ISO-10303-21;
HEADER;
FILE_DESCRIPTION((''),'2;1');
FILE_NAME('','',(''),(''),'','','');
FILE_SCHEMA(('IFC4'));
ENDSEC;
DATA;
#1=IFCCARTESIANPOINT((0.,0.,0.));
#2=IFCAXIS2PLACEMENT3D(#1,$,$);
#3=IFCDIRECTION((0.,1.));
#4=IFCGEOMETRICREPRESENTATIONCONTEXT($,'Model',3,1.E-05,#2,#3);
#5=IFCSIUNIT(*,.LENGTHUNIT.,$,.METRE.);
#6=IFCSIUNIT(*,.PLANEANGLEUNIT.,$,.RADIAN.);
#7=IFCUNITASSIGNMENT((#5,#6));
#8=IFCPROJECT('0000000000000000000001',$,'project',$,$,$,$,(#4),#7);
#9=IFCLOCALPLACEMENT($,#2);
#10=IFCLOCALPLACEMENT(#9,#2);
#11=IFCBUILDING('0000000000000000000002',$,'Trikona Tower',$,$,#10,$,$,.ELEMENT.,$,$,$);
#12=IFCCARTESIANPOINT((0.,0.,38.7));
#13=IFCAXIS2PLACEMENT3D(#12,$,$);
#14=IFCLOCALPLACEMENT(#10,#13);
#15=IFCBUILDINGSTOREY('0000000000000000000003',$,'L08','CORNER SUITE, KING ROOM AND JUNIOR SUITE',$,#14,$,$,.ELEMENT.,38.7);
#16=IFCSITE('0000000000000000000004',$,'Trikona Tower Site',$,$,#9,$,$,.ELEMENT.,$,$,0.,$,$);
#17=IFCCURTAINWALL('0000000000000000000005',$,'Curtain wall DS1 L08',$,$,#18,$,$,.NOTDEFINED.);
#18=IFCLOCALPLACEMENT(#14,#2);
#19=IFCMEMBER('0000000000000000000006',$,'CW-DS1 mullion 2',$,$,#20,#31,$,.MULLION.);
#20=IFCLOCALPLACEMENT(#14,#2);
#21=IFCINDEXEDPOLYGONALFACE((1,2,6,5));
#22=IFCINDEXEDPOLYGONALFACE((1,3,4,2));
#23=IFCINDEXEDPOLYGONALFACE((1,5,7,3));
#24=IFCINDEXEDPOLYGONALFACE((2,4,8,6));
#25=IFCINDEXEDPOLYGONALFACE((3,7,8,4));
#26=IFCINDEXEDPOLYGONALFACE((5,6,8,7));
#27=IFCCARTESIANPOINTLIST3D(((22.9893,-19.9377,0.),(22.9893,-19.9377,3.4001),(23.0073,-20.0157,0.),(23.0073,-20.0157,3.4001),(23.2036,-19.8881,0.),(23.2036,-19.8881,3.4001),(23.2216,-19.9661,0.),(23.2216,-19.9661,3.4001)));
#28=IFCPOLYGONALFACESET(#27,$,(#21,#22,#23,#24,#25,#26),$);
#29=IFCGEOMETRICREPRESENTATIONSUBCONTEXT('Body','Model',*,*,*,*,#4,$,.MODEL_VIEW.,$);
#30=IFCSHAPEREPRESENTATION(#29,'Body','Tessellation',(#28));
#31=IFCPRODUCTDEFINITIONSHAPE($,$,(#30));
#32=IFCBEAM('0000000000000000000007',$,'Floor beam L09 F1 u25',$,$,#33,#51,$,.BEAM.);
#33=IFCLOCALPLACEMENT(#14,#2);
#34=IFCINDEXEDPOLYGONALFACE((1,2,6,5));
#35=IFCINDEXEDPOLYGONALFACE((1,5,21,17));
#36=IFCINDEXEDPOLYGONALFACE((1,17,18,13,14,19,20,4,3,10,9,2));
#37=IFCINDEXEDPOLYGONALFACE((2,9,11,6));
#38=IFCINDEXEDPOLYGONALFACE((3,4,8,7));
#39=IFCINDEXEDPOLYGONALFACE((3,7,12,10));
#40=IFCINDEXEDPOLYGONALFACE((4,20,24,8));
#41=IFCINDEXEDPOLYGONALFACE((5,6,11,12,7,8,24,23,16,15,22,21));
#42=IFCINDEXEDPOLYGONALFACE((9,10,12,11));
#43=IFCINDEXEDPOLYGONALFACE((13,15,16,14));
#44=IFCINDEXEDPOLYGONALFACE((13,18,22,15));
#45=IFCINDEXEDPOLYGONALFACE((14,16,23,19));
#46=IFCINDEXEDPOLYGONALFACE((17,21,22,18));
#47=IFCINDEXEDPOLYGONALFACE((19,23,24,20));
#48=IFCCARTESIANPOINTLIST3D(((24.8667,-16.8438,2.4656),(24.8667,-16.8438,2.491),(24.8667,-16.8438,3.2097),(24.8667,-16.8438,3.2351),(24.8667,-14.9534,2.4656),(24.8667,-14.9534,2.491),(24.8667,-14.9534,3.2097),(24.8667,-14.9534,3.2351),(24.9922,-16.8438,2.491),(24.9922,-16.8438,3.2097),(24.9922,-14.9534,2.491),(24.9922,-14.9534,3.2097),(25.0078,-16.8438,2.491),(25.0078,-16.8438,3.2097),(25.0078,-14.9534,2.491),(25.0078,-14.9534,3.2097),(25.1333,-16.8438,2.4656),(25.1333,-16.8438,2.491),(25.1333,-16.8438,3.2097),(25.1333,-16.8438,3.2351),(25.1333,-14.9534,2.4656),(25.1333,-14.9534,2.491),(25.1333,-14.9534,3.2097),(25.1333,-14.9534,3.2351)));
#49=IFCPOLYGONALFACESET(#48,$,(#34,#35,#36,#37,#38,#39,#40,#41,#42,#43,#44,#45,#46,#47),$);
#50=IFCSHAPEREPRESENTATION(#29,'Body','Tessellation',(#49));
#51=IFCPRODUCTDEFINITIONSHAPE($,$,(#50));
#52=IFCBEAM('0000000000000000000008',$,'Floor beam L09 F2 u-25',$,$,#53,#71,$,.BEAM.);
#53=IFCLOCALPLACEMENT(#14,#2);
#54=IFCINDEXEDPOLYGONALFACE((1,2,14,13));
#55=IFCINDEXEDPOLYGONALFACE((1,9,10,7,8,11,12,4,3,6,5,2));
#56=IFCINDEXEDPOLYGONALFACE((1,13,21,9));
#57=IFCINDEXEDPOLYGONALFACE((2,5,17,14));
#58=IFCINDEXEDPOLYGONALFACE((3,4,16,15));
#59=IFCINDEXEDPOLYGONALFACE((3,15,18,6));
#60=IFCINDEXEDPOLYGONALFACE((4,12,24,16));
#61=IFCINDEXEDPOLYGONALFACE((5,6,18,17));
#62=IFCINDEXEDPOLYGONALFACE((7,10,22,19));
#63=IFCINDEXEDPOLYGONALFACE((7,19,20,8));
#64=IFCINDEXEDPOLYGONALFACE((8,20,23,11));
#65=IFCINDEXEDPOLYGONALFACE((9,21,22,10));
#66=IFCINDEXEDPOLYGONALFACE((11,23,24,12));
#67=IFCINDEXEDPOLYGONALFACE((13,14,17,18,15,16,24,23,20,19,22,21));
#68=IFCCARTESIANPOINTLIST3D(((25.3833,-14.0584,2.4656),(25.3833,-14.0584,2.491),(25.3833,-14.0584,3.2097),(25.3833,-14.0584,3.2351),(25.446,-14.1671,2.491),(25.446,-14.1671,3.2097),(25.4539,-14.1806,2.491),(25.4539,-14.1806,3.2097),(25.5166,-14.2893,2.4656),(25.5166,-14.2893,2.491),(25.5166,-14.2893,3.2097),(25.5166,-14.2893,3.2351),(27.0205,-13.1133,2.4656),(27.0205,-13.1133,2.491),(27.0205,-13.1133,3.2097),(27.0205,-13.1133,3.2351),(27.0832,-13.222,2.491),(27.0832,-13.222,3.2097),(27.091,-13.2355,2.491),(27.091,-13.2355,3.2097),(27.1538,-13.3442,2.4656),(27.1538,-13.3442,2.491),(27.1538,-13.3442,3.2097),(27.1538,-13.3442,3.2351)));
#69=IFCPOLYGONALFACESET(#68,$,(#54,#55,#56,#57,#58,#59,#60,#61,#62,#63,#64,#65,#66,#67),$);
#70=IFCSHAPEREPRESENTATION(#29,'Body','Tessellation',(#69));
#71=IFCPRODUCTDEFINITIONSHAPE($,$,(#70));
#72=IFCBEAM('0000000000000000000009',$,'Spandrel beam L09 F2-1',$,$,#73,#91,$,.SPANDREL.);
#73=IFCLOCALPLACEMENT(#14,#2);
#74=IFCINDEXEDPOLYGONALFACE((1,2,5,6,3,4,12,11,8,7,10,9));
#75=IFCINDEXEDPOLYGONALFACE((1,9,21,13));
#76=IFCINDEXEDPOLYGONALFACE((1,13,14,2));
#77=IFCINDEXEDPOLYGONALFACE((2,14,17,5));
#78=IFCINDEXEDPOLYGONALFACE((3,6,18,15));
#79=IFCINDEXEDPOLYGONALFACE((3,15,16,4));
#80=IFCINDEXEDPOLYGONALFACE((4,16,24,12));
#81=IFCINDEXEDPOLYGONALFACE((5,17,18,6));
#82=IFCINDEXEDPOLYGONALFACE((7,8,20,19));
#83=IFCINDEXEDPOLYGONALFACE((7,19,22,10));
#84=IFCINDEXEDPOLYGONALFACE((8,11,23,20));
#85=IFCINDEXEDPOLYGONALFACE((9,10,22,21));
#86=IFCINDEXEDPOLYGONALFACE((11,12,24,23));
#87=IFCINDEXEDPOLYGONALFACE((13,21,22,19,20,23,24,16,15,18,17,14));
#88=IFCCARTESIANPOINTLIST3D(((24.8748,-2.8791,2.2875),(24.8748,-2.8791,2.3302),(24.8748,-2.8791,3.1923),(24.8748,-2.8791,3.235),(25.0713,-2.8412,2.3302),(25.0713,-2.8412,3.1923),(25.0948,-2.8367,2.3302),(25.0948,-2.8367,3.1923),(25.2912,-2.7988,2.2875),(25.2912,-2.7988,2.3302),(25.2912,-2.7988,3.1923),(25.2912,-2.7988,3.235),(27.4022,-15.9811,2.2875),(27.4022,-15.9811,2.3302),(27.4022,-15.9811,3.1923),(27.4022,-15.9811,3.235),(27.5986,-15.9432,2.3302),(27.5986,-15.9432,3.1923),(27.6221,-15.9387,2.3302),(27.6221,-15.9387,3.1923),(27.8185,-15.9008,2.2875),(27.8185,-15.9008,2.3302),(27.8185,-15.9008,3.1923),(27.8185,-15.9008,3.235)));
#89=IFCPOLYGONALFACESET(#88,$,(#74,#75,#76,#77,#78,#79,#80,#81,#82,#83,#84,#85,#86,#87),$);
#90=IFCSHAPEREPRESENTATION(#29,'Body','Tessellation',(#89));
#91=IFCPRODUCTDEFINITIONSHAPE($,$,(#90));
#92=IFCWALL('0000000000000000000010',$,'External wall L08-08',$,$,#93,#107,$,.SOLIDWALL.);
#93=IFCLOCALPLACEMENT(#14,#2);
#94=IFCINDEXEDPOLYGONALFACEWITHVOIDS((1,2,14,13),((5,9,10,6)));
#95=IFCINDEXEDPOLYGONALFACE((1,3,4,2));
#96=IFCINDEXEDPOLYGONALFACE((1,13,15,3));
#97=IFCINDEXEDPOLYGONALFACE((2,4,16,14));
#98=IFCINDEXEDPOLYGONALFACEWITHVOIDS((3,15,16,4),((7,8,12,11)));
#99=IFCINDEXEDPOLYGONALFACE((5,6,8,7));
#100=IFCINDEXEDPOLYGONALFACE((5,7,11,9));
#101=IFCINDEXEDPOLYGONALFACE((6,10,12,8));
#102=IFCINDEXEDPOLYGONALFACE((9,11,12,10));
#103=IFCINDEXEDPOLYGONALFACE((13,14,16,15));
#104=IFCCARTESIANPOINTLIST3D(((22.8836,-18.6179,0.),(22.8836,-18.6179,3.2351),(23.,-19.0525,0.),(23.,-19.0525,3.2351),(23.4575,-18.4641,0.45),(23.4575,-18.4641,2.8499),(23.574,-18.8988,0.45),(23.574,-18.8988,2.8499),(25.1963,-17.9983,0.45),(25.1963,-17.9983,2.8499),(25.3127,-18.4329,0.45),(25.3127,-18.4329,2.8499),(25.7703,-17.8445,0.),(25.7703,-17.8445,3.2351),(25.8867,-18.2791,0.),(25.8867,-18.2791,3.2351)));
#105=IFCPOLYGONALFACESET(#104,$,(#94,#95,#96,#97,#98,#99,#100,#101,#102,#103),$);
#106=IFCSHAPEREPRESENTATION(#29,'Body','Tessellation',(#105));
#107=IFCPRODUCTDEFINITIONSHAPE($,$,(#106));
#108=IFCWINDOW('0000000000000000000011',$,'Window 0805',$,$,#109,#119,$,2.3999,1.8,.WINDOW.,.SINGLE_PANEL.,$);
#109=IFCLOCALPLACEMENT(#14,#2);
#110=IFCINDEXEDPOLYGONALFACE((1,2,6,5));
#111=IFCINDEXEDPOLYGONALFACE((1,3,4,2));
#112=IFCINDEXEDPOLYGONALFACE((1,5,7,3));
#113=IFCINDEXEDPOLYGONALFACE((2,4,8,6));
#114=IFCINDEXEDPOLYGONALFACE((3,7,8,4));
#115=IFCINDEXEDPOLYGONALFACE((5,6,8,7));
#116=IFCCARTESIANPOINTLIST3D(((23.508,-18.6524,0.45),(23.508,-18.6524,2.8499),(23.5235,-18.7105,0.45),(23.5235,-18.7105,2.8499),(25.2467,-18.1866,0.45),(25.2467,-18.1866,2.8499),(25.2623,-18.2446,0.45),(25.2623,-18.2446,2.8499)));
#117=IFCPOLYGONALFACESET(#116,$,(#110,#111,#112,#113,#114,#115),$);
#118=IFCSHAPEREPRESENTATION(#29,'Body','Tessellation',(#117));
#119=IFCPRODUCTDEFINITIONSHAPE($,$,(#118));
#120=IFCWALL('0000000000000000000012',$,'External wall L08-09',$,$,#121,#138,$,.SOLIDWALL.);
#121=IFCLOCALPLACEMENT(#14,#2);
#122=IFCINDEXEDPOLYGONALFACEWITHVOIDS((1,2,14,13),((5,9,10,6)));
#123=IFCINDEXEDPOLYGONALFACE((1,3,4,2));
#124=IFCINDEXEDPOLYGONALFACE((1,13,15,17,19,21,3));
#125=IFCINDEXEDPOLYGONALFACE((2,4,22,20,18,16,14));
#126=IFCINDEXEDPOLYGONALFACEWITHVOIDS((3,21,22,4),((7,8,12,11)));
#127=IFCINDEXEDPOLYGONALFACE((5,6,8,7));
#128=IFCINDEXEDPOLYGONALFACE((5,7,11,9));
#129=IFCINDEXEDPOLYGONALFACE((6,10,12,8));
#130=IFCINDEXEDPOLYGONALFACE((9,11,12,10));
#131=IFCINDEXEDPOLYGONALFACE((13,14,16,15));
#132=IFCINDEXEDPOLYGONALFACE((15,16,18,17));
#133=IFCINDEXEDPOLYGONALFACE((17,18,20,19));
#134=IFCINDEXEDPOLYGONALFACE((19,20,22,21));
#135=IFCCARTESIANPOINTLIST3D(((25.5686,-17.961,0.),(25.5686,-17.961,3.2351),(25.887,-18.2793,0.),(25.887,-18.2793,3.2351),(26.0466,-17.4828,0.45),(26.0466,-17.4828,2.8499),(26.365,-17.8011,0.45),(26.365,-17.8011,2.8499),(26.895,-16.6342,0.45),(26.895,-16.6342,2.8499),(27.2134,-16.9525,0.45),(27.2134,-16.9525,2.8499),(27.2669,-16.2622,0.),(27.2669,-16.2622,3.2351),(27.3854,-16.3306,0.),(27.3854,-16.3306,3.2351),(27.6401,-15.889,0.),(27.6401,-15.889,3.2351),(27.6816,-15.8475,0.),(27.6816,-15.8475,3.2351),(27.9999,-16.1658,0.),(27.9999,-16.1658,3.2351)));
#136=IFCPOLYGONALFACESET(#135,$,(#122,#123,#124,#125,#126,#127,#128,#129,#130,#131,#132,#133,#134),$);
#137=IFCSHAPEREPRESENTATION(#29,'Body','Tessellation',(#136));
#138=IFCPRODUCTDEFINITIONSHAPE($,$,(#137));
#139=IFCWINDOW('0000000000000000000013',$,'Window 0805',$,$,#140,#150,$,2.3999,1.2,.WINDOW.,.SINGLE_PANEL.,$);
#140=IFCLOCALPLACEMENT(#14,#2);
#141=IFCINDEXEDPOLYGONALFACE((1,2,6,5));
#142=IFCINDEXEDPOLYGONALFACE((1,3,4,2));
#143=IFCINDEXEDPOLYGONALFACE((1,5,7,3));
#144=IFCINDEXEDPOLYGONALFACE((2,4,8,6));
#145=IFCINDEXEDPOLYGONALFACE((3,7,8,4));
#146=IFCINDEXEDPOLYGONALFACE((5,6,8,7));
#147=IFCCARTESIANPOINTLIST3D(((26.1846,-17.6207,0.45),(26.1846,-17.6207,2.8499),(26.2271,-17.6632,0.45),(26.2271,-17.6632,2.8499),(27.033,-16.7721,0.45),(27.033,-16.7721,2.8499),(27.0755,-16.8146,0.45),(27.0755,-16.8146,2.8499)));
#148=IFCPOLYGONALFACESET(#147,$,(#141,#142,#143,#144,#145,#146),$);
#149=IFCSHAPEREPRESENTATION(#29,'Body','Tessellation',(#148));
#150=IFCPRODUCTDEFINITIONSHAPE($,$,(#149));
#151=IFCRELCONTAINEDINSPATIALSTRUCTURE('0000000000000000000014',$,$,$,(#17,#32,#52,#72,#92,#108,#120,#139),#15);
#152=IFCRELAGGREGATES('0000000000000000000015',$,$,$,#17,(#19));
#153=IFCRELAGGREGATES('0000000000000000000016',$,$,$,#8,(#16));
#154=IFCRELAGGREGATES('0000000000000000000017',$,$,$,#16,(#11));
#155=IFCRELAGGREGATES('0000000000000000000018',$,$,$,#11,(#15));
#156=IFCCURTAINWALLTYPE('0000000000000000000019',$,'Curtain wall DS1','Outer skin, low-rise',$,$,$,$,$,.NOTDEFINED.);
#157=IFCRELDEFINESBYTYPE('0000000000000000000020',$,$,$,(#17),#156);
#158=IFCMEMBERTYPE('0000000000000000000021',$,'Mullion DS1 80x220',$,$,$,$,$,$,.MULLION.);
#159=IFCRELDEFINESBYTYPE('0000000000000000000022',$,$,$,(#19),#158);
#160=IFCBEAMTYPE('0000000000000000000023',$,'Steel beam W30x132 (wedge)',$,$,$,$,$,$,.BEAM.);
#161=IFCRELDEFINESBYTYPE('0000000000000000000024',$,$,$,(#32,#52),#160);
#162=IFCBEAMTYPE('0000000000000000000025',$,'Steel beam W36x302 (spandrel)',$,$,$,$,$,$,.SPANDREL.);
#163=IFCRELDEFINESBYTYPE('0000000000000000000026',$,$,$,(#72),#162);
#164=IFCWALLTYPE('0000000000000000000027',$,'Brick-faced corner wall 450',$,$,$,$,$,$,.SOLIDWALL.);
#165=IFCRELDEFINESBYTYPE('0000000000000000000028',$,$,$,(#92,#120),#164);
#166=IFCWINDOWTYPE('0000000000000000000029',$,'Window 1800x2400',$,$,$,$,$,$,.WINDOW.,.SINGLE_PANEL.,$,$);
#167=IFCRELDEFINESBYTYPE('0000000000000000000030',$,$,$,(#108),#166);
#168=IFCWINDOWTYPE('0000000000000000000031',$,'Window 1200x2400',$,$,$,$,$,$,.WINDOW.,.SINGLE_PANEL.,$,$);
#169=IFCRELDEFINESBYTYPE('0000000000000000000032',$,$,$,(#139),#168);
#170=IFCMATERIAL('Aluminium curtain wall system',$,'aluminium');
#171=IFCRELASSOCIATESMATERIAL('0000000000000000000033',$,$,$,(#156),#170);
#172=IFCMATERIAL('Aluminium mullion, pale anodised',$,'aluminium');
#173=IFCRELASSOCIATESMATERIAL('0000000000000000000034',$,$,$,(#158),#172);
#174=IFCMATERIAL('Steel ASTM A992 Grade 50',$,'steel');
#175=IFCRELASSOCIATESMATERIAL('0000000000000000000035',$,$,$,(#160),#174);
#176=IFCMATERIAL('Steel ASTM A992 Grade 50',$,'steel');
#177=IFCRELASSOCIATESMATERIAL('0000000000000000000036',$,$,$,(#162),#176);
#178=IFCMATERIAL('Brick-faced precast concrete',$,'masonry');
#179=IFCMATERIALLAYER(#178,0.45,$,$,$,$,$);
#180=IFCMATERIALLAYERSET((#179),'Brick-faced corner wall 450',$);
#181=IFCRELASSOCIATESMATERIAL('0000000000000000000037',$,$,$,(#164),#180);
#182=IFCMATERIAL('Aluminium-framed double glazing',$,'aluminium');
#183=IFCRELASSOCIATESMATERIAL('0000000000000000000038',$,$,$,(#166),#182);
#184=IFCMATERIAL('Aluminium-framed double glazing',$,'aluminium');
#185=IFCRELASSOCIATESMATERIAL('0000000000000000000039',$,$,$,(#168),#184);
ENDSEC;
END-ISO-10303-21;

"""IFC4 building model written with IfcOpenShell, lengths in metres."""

from ifc_helpers import new_model, si_unit, direction, frame, frame_2d, origin, origin_2d, place, context, subcontext, project, spatial, polyline, rectangle, i_section, outline, extrude, material, layer, layer_set, material_profile, profile_set, type_object, element, fill, aggregate, save


model = new_model("IFC4")

# Units and contexts
model_context = context("Model", 3, precision=1e-05, world=origin(), true_north=direction((0.0, 1.0)))
body_context = subcontext(model_context, "Body", "Model", "MODEL_VIEW")
ifc_project = project(units=[si_unit("LENGTHUNIT", "METRE"), si_unit("PLANEANGLEUNIT", "RADIAN")], contexts=[model_context])

# Site, building, storey
site_placement = place(None, origin())
site = spatial("IfcSite", under=ifc_project, at=site_placement, Name="Trikona Tower Site", CompositionType="ELEMENT", RefElevation=0.0)
building_placement = place(site_placement, origin())
building = spatial("IfcBuilding", under=site, at=building_placement, Name="Trikona Tower", CompositionType="ELEMENT")
storey_placement = place(building_placement, frame((0.0, 0.0, 38.7)))
storey = spatial("IfcBuildingStorey", under=building, at=storey_placement, Name="L08", Description="CORNER SUITE, KING ROOM AND JUNIOR SUITE", CompositionType="ELEMENT", Elevation=38.7)

# Curtain wall, member
ifc_material_1 = material(Name="Aluminium curtain wall system", Category="aluminium")
curtain_wall_type = type_object("IfcCurtainWallType", Name="Curtain wall DS1", Description="Outer skin, low-rise", PredefinedType="NOTDEFINED", material=ifc_material_1)
curtain_wall_placement = place(storey_placement, origin())
curtain_wall = element("IfcCurtainWall", 1, at=curtain_wall_placement, inside=storey, type_object=curtain_wall_type, Name="Curtain wall DS1 L08", PredefinedType="NOTDEFINED")
ifc_material_2 = material(Name="Aluminium mullion, pale anodised", Category="aluminium")
ifc_material_profile_1 = material_profile(ifc_material_2, rectangle(XDim=0.0801, YDim=0.22, at=origin_2d()), Name="MUL-DS1")
ifc_profile_set_1 = profile_set([ifc_material_profile_1], Name="Aluminium mullion, pale anodised")
member_type = type_object("IfcMemberType", Name="Mullion DS1 80x220", PredefinedType="MULLION", material=ifc_profile_set_1)
member_placement = place(storey_placement, frame((23.1055, -19.9519, 0.0), z_axis=(0.0, 0.0, 1.0), x_axis=(-0.225343, 0.974279, 0.0)))
member = element("IfcMember", 2, at=member_placement, type_object=member_type, Name="CW-DS1 mullion 2", PredefinedType="MULLION", context=body_context, shape_type="SweptSolid", body=[
    extrude(rectangle(XDim=0.0801, YDim=0.22, at=origin_2d()), origin(), (0.0, 0.0, 1.0), 3.4001),
])
aggregate(curtain_wall, [member])

# Beams
ifc_material_3 = material(Name="Steel ASTM A992 Grade 50", Category="steel")
ifc_material_profile_2 = material_profile(ifc_material_3, i_section(OverallWidth=0.2666, OverallDepth=0.7695, WebThickness=0.0156, FlangeThickness=0.0254, at=origin_2d()), Name="W30X132")
ifc_profile_set_2 = profile_set([ifc_material_profile_2], Name="Steel ASTM A992 Grade 50")
beam_type_1 = type_object("IfcBeamType", Name="Steel beam W30x132 (wedge)", PredefinedType="BEAM", material=ifc_profile_set_2)
for number, where, z_axis, x_axis, name in (
    (3, (25.0, -14.9534, 2.8503), (0.0, -1.0, 0.0), (1.0, 0.0, 0.0), "Floor beam L09 F1 u25"),
    (4, (25.45, -14.1738, 2.8503), (0.866065, 0.499931, 0.0), (-0.499931, 0.866065, 0.0), "Floor beam L09 F2 u-25"),
):
    element("IfcBeam", number, at=place(storey_placement, frame(where, z_axis=z_axis, x_axis=x_axis)), inside=storey, type_object=beam_type_1, Name=name, PredefinedType="BEAM", context=body_context, shape_type="SweptSolid", body=[
        extrude(i_section(OverallWidth=0.2666, OverallDepth=0.7695, WebThickness=0.0156, FlangeThickness=0.0254, at=origin_2d()), origin(), (0.0, 0.0, 1.0), 1.8904),
    ])
ifc_material_4 = material(Name="Steel ASTM A992 Grade 50", Category="steel")
ifc_material_profile_3 = material_profile(ifc_material_4, i_section(OverallWidth=0.4241, OverallDepth=0.9475, WebThickness=0.0239, FlangeThickness=0.0427, at=origin_2d()), Name="W36X302")
ifc_profile_set_3 = profile_set([ifc_material_profile_3], Name="Steel ASTM A992 Grade 50")
beam_type_2 = type_object("IfcBeamType", Name="Steel beam W36x302 (spandrel)", PredefinedType="SPANDREL", material=ifc_profile_set_3)
beam_placement = place(storey_placement, frame((27.6104, -15.9409, 2.7612), z_axis=(-0.189405, 0.981899, 0.0), x_axis=(-0.981899, -0.189405, 0.0)))
element("IfcBeam", 5, at=beam_placement, inside=storey, type_object=beam_type_2, Name="Spandrel beam L09 F2-1", PredefinedType="SPANDREL", context=body_context, shape_type="SweptSolid", body=[
    extrude(i_section(OverallWidth=0.4241, OverallDepth=0.9475, WebThickness=0.0239, FlangeThickness=0.0427, at=origin_2d()), origin(), (0.0, 0.0, 1.0), 13.3435),
])

# Walls, openings, windows
ifc_material_5 = material(Name="Brick-faced precast concrete", Category="masonry")
ifc_layer_1 = layer(ifc_material_5, 0.45)
ifc_layer_set_1 = layer_set([ifc_layer_1], Name="Brick-faced corner wall 450")
wall_type_1 = type_object("IfcWallType", Name="Brick-faced corner wall 450", PredefinedType="SOLIDWALL", material=ifc_layer_set_1)
wall_1_placement = place(storey_placement, frame((22.9419, -18.8352, 0.0), z_axis=(0.0, 0.0, 1.0), x_axis=(0.965931, 0.258801, 0.0)))
wall_1 = element("IfcWall", 6, at=wall_1_placement, inside=storey, type_object=wall_type_1, Name="External wall L08-08", PredefinedType="SOLIDWALL", context=body_context, shape_type="SweptSolid", body=[
    extrude(rectangle(XDim=2.9885, YDim=0.45, at=frame_2d((1.4941, 0.0))), origin(), (0.0, 0.0, 1.0), 3.2351),
])
opening_1_placement = place(wall_1_placement, frame((0.5942, 0.0, 0.45)))
opening_1 = element("IfcOpeningElement", 7, at=opening_1_placement, cuts=wall_1, PredefinedType="OPENING", context=body_context, shape_type="SweptSolid", body=[
    extrude(rectangle(XDim=1.8, YDim=2.3999, at=frame_2d((0.8999, 1.2))), frame((0.0, 0.2349, 0.0), z_axis=(0.0, -1.0, 0.0), x_axis=(1.0, 0.0, 0.0)), (0.0, 0.0, 1.0), 0.47),
])
ifc_material_6 = material(Name="Aluminium-framed double glazing", Category="aluminium")
window_type_1 = type_object("IfcWindowType", Name="Window 1800x2400", PartitioningType="SINGLE_PANEL", PredefinedType="WINDOW", material=ifc_material_6)
window_1_placement = place(opening_1_placement, origin())
window_1 = element("IfcWindow", 8, at=window_1_placement, inside=storey, type_object=window_type_1, Name="Window 0805", OverallHeight=2.3999, OverallWidth=1.8, PartitioningType="SINGLE_PANEL", PredefinedType="WINDOW", context=body_context, shape_type="SweptSolid", body=[
    extrude(rectangle(XDim=1.8, YDim=2.3999, at=frame_2d((0.8999, 1.2))), frame((0.0, 0.03, 0.0), z_axis=(0.0, -1.0, 0.0), x_axis=(1.0, 0.0, 0.0)), (0.0, 0.0, 1.0), 0.0601),
])
fill(opening_1, window_1)
wall_2_placement = place(storey_placement, frame((25.7278, -18.1201, 0.0), z_axis=(0.0, 0.0, 1.0), x_axis=(0.707025, 0.707188, 0.0)))
wall_2 = element("IfcWall", 9, at=wall_2_placement, inside=storey, type_object=wall_type_1, Name="External wall L08-09", PredefinedType="SOLIDWALL", context=body_context, shape_type="SweptSolid", body=[
    extrude(outline(polyline([(2.9885, 0.2251), (2.9299, 0.2251), (2.4375, 0.093), (2.4021, 0.2251), (0.0, 0.2251), (0.0, -0.2251), (2.9885, -0.2251), (2.9885, 0.2251)])), origin(), (0.0, 0.0, 1.0), 3.2351),
])
opening_2_placement = place(wall_2_placement, frame((0.676, 0.0, 0.45)))
opening_2 = element("IfcOpeningElement", 10, at=opening_2_placement, cuts=wall_2, PredefinedType="OPENING", context=body_context, shape_type="SweptSolid", body=[
    extrude(rectangle(XDim=1.2, YDim=2.3999, at=frame_2d((0.6001, 1.2))), frame((0.0, 0.2349, 0.0), z_axis=(0.0, -1.0, 0.0), x_axis=(1.0, 0.0, 0.0)), (0.0, 0.0, 1.0), 0.47),
])
ifc_material_7 = material(Name="Aluminium-framed double glazing", Category="aluminium")
window_type_2 = type_object("IfcWindowType", Name="Window 1200x2400", PartitioningType="SINGLE_PANEL", PredefinedType="WINDOW", material=ifc_material_7)
window_2_placement = place(opening_2_placement, origin())
window_2 = element("IfcWindow", 11, at=window_2_placement, inside=storey, type_object=window_type_2, Name="Window 0805", OverallHeight=2.3999, OverallWidth=1.2, PartitioningType="SINGLE_PANEL", PredefinedType="WINDOW", context=body_context, shape_type="SweptSolid", body=[
    extrude(rectangle(XDim=1.2, YDim=2.3999, at=frame_2d((0.6001, 1.2))), frame((0.0, 0.03, 0.0), z_axis=(0.0, -1.0, 0.0), x_axis=(1.0, 0.0, 0.0)), (0.0, 0.0, 1.0), 0.0601),
])
fill(opening_2, window_2)

save(model, "model.ifc")
